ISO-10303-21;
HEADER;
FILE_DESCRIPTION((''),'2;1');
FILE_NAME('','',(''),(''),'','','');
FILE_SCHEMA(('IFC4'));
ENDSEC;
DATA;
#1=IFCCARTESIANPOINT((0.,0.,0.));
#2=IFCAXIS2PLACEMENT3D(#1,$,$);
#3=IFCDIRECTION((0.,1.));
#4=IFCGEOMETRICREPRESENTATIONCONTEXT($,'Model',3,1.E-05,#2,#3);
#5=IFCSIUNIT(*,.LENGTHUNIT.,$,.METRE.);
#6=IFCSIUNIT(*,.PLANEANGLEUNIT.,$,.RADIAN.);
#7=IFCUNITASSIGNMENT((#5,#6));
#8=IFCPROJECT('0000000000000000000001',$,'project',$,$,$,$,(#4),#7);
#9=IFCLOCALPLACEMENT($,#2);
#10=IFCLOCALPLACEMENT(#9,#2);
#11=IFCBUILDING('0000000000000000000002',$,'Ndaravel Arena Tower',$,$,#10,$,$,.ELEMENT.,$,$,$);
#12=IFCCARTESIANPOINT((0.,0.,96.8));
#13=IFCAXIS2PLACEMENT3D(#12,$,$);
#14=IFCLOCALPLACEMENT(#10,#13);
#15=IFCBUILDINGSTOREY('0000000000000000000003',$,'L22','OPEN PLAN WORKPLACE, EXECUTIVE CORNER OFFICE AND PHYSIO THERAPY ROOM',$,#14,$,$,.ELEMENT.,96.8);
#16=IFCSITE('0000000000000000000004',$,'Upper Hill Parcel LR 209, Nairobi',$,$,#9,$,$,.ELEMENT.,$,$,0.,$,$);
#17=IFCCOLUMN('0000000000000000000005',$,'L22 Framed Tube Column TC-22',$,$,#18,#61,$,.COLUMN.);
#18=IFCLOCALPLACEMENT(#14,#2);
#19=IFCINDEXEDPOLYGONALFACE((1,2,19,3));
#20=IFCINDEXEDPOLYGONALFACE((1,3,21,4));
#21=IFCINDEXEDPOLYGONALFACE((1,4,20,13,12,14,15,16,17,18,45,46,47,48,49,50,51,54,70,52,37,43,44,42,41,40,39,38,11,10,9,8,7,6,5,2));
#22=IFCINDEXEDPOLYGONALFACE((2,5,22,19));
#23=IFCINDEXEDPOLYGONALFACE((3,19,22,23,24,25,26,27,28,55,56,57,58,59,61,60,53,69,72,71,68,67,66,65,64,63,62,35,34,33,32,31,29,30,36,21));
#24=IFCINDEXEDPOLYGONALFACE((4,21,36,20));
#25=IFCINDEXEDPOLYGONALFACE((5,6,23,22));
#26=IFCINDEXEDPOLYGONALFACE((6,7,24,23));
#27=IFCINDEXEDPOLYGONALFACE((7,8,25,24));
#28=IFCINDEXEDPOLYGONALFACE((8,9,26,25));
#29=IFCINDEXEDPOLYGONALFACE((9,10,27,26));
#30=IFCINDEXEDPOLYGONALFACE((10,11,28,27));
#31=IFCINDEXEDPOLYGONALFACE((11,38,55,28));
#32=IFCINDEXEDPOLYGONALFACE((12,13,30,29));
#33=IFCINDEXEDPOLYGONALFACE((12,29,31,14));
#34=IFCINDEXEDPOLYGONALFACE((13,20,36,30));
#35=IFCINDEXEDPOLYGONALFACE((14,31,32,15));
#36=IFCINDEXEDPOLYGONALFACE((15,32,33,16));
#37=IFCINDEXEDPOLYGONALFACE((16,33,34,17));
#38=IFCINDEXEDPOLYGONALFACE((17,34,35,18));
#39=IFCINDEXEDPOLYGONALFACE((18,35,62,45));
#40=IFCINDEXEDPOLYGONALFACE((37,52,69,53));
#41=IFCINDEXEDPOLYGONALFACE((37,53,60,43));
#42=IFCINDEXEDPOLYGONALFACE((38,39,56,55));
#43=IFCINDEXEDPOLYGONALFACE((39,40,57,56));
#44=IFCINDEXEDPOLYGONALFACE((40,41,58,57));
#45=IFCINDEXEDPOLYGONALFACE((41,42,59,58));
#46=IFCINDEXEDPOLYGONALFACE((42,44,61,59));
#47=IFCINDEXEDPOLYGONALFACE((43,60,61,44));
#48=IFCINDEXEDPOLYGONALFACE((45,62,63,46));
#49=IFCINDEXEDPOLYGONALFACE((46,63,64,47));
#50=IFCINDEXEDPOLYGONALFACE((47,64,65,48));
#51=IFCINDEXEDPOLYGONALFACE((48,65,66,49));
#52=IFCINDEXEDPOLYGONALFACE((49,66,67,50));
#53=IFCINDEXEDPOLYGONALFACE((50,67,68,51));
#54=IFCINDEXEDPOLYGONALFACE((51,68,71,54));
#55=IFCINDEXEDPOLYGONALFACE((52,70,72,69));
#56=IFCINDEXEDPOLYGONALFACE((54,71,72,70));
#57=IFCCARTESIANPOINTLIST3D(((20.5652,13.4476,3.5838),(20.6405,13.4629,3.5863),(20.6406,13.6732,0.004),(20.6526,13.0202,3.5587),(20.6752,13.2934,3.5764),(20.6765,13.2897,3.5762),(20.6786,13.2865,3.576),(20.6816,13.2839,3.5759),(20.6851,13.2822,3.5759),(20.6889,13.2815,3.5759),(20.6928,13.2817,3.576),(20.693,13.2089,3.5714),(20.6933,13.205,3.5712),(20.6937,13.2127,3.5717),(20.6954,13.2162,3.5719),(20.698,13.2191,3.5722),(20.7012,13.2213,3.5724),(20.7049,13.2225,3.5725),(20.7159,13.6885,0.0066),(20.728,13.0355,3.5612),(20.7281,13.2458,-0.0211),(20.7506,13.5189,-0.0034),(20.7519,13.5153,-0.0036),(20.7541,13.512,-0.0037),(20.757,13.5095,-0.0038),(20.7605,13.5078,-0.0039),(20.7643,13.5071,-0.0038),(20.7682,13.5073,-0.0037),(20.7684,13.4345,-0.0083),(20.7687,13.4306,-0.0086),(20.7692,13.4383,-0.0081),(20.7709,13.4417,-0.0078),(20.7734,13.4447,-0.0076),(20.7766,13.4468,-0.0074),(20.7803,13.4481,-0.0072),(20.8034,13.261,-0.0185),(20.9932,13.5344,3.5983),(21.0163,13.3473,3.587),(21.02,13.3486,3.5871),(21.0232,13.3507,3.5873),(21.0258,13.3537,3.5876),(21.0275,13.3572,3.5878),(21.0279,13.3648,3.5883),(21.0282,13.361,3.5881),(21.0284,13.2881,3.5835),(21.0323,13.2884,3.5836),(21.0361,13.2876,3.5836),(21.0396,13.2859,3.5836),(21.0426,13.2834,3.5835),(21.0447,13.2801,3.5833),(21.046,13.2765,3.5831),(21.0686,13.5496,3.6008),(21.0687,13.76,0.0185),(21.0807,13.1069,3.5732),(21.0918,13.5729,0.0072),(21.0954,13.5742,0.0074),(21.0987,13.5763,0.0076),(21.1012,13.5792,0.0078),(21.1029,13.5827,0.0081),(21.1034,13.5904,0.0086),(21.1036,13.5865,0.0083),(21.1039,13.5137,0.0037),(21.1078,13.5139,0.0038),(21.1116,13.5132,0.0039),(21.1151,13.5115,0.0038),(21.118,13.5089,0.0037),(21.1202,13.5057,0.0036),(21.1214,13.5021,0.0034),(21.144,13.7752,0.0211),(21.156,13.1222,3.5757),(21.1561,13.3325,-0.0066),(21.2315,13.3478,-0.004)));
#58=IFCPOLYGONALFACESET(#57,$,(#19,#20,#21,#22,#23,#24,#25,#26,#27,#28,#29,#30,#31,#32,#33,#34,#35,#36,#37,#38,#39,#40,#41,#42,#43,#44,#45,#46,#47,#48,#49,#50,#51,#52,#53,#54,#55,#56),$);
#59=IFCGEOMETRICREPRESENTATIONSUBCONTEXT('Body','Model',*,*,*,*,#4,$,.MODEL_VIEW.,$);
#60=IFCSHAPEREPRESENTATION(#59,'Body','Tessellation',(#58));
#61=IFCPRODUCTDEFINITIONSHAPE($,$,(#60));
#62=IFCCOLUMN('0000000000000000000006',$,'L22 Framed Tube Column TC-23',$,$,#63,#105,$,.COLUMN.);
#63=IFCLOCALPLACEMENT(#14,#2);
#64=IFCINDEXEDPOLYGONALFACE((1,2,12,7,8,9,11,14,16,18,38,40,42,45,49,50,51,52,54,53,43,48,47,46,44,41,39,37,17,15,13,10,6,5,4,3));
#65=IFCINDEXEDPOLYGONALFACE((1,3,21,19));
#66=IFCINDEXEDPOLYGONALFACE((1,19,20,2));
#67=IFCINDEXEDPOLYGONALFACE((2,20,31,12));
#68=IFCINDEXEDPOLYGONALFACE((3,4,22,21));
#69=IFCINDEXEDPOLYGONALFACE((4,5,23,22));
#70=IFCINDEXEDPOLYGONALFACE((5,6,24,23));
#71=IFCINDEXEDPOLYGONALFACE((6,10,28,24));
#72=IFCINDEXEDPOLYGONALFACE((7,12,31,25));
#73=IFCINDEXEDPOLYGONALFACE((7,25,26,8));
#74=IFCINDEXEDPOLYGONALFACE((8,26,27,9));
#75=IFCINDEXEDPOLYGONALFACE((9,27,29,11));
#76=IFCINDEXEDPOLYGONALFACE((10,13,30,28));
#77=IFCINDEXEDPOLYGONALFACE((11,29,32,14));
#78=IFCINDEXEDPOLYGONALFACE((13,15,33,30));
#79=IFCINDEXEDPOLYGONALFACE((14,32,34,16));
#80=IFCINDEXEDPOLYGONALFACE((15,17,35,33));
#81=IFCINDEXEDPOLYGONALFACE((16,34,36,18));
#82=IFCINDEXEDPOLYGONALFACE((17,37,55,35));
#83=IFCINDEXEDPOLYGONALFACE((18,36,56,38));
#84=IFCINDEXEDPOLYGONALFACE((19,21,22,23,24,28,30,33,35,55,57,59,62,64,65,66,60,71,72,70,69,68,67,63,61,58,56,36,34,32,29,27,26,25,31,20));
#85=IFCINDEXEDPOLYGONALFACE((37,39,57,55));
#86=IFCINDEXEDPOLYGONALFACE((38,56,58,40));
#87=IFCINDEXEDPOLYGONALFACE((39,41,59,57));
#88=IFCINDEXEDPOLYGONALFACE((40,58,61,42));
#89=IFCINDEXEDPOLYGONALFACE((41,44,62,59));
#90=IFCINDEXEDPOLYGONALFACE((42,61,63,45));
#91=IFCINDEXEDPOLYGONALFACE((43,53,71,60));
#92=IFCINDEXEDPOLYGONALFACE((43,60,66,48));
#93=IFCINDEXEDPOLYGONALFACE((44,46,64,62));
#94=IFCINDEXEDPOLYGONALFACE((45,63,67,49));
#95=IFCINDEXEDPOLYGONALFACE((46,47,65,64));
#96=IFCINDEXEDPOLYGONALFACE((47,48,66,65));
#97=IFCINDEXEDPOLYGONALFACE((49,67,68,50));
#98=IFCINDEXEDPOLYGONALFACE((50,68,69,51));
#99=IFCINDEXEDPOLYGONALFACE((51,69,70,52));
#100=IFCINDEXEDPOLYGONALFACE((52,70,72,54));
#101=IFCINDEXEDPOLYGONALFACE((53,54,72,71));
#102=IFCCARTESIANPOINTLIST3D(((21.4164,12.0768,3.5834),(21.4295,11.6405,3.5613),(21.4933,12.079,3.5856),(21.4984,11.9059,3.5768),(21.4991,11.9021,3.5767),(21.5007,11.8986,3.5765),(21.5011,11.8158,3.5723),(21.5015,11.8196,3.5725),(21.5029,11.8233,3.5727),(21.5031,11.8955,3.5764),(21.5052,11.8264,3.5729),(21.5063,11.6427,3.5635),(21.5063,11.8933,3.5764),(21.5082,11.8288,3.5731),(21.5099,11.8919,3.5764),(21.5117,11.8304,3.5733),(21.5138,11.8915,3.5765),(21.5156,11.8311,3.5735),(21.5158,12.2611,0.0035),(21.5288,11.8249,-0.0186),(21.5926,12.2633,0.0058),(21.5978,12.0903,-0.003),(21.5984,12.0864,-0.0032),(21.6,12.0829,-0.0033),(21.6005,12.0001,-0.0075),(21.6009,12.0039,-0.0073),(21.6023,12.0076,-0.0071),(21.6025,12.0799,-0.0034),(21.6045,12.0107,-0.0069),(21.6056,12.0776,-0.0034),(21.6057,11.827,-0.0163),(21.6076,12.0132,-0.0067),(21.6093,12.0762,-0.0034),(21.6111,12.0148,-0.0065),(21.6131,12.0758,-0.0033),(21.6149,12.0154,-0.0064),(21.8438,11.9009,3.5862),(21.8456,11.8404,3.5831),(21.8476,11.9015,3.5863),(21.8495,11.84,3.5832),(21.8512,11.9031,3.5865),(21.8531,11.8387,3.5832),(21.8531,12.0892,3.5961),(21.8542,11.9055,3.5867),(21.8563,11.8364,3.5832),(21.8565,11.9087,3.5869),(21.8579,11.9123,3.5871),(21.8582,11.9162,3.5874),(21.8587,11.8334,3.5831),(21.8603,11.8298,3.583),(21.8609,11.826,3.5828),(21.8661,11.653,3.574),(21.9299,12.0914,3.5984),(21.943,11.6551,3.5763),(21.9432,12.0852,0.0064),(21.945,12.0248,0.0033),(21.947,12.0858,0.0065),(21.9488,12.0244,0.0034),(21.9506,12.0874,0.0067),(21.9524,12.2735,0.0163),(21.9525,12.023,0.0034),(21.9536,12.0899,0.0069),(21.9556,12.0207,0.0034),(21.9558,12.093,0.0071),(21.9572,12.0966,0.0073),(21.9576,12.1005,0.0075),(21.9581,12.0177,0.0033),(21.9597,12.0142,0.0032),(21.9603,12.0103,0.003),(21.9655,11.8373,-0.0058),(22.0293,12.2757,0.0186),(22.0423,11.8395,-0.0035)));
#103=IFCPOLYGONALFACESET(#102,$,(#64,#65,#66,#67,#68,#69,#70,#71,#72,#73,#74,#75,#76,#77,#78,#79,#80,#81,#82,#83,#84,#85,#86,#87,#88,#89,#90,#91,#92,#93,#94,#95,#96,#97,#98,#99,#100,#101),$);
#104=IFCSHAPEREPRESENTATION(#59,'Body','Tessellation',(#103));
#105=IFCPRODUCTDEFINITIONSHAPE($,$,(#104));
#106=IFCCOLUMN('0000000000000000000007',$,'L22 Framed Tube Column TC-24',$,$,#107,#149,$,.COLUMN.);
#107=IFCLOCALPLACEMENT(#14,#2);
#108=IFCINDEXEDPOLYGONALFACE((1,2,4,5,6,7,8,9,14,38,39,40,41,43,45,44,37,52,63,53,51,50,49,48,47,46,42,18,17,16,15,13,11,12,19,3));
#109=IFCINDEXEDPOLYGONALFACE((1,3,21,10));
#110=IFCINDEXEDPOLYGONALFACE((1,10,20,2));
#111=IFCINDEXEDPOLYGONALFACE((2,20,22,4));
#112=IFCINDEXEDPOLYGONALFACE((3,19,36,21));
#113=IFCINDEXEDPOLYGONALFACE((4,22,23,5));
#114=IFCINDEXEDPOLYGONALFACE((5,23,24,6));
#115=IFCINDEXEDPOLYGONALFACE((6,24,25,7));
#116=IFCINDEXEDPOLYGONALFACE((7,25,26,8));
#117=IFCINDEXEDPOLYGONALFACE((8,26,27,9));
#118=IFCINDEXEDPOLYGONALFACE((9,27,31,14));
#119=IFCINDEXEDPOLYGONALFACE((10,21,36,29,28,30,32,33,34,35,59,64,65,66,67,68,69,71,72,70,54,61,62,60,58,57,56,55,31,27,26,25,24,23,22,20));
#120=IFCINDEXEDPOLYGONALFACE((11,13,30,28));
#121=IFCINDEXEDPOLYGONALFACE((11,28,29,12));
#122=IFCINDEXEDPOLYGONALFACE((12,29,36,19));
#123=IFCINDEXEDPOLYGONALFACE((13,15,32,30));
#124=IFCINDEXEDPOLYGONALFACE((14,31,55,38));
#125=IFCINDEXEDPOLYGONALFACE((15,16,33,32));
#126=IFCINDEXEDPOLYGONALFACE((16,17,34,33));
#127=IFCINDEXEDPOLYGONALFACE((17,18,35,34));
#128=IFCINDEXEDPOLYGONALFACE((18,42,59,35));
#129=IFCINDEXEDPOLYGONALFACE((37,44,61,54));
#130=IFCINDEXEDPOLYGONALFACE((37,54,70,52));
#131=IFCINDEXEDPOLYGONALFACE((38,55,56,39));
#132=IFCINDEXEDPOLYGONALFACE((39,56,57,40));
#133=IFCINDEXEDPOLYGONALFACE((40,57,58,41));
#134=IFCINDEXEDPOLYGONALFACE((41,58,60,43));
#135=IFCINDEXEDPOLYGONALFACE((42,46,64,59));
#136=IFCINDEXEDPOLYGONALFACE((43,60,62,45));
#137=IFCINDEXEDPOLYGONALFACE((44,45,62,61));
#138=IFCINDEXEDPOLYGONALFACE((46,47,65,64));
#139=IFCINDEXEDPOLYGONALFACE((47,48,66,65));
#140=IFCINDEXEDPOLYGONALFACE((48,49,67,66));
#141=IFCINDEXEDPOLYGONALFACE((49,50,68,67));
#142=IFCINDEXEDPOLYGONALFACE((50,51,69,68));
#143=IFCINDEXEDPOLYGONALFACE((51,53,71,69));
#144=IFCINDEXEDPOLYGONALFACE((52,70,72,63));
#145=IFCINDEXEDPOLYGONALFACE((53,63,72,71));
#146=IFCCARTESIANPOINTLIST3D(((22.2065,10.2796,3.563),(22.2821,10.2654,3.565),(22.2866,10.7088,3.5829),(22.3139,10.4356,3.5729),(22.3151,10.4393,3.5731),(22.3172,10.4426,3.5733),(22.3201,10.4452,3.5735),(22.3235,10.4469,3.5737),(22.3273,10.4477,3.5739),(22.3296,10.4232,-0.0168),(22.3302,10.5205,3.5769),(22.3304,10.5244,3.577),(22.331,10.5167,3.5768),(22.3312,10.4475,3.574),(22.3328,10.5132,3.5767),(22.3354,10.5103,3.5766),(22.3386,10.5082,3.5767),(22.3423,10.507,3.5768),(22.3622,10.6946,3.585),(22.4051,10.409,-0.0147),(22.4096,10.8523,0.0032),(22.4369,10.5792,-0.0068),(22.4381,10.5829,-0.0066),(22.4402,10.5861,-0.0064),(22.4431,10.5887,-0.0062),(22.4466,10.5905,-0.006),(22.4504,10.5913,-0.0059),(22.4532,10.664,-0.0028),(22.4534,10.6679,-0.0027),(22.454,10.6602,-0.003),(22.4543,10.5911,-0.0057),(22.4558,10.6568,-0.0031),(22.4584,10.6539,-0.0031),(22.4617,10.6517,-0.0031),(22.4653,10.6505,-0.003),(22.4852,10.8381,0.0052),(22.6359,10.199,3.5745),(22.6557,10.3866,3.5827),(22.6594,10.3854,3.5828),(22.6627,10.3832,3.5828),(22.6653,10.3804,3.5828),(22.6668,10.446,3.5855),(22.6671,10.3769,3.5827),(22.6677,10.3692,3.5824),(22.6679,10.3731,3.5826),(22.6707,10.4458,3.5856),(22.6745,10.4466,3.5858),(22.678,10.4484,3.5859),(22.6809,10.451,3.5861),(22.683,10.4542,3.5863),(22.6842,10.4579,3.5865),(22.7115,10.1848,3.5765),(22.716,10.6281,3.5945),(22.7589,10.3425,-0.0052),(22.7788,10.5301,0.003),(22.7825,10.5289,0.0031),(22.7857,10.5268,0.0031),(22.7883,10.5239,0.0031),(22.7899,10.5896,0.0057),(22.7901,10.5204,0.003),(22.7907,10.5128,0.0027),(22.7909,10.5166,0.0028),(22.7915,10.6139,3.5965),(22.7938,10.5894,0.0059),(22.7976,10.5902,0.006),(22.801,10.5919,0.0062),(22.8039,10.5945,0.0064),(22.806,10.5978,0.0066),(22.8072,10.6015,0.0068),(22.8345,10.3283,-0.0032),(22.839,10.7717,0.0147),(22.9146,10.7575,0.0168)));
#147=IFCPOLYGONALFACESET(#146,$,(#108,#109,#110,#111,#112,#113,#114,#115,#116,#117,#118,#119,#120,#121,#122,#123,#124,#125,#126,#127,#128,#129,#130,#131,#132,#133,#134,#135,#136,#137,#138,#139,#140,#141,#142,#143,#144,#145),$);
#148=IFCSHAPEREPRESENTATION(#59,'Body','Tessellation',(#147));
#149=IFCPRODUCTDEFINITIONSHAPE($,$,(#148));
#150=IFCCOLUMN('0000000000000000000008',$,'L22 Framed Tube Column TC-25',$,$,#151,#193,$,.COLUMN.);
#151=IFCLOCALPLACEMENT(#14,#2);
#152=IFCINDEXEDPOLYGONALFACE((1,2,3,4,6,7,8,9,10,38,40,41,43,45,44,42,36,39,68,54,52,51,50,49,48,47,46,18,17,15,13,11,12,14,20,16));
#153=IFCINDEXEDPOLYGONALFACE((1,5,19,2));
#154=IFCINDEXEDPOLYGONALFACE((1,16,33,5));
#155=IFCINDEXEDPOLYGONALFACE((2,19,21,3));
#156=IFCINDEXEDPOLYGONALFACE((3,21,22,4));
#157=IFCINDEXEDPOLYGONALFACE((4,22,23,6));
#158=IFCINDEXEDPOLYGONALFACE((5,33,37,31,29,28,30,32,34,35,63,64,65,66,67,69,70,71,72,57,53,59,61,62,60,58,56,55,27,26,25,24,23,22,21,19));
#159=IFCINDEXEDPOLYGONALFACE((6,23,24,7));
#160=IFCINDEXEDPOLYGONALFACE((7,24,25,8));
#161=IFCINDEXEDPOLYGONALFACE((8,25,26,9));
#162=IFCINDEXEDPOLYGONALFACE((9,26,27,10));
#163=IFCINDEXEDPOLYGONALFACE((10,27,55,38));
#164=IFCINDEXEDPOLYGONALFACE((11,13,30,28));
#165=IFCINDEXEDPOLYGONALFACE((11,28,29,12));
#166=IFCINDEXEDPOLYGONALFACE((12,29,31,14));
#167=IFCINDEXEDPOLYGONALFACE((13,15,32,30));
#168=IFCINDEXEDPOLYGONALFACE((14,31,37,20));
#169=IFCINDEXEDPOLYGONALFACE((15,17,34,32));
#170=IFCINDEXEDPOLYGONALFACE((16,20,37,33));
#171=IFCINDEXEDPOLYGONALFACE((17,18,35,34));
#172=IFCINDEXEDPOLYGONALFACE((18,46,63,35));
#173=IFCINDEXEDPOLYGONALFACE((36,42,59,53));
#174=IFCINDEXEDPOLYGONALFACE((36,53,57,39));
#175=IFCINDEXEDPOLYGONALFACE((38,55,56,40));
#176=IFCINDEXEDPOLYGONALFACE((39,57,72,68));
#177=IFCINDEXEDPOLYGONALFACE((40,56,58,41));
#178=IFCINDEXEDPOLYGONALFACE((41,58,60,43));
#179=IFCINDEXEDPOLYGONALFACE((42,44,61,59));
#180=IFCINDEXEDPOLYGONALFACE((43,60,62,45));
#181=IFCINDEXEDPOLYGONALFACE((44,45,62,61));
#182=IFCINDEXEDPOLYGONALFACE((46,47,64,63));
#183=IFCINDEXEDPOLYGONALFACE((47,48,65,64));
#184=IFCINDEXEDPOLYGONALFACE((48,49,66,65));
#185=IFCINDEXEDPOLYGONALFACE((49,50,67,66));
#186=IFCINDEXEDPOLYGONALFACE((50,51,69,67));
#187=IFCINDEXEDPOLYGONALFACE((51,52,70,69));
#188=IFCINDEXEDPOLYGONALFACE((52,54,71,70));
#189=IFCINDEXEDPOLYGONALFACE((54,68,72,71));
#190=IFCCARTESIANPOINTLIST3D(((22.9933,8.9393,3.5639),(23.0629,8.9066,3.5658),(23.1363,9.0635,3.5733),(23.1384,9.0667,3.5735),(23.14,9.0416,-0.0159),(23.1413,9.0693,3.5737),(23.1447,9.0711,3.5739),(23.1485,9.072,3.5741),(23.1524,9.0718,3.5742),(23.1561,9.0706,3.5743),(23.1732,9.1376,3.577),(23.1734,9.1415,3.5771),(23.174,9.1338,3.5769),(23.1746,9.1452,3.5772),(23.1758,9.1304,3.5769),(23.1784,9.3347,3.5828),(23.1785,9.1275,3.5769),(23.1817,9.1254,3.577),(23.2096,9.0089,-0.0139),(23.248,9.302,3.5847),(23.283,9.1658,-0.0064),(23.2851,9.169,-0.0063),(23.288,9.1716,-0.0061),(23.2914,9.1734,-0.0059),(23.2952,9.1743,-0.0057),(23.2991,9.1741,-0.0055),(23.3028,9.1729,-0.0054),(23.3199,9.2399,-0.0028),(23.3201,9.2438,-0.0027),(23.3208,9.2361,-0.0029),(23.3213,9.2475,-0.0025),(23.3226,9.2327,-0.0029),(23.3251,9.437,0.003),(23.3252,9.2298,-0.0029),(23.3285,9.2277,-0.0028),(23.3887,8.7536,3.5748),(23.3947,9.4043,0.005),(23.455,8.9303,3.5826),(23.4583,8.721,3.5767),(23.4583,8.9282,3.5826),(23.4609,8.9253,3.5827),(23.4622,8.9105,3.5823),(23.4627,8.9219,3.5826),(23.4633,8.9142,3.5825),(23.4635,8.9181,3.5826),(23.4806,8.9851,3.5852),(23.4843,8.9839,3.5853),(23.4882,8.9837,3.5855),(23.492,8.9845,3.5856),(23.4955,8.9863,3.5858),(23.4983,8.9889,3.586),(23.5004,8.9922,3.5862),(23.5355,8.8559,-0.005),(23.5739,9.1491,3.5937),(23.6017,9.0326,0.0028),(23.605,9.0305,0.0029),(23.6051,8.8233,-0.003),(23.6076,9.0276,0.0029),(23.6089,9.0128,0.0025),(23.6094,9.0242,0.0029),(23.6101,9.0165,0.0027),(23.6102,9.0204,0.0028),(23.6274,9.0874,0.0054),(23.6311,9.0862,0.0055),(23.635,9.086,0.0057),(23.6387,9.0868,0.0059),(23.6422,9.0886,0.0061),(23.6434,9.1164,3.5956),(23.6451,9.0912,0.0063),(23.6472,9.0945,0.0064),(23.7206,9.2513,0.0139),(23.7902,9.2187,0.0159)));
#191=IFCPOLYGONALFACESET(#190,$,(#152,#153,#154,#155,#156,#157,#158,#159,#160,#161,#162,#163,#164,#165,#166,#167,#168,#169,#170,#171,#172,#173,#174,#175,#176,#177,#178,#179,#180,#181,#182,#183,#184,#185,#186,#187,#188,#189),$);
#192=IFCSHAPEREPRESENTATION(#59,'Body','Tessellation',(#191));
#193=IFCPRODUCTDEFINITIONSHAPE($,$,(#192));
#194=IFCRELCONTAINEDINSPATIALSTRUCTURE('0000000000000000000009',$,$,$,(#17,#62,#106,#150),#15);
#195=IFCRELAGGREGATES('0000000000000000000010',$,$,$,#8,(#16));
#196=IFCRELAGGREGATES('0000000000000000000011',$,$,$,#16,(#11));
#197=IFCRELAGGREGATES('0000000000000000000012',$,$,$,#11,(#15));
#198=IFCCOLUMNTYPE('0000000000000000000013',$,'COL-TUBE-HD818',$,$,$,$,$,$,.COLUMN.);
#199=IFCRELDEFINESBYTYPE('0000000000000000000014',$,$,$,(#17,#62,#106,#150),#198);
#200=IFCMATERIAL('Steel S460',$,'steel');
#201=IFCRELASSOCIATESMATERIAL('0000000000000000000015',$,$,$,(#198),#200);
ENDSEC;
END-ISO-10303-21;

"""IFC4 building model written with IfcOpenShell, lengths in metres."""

from ifc_helpers import new_model, si_unit, direction, frame, origin, origin_2d, place, context, subcontext, project, spatial, i_section, extrude, material, material_profile, profile_set, type_object, element, save


model = new_model("IFC4")

# Units and contexts
model_context = context("Model", 3, precision=1e-05, world=origin(), true_north=direction((0.0, 1.0)))
body_context = subcontext(model_context, "Body", "Model", "MODEL_VIEW")
ifc_project = project(units=[si_unit("LENGTHUNIT", "METRE"), si_unit("PLANEANGLEUNIT", "RADIAN")], contexts=[model_context])

# Site, building, storey
site_placement = place(None, origin())
site = spatial("IfcSite", under=ifc_project, at=site_placement, Name="Upper Hill Parcel LR 209, Nairobi", CompositionType="ELEMENT", RefElevation=0.0)
building_placement = place(site_placement, origin())
building = spatial("IfcBuilding", under=site, at=building_placement, Name="Ndaravel Arena Tower", CompositionType="ELEMENT")
storey_placement = place(building_placement, frame((0.0, 0.0, 96.8)))
storey = spatial("IfcBuildingStorey", under=building, at=storey_placement, Name="L22", Description="OPEN PLAN WORKPLACE, EXECUTIVE CORNER OFFICE AND PHYSIO THERAPY ROOM", CompositionType="ELEMENT", Elevation=96.8)

# Columns
ifc_material_1 = material(Name="Steel S460", Category="steel")
ifc_material_profile_1 = material_profile(ifc_material_1, i_section(OverallWidth=0.437, OverallDepth=0.5139, WebThickness=0.0605, FlangeThickness=0.0769, FilletRadius=0.0149, at=origin_2d()), Name="HD 400x818")
ifc_profile_set_1 = profile_set([ifc_material_profile_1], Name="Steel S460")
column_type = type_object("IfcColumnType", Name="COL-TUBE-HD818", PredefinedType="COLUMN", material=ifc_profile_set_1)
column_1_placement = place(storey_placement, frame((20.936, 13.5105, 0.0), z_axis=(-0.021027, -0.062877, 0.9978), x_axis=(-0.200131, 0.978085, 0.057417)))
element("IfcColumn", 1, at=column_1_placement, inside=storey, type_object=column_type, Name="L22 Framed Tube Column TC-22", PredefinedType="COLUMN", context=body_context, shape_type="SweptSolid", body=[
    extrude(i_section(OverallWidth=0.437, OverallDepth=0.5139, WebThickness=0.0605, FlangeThickness=0.0769, FilletRadius=0.0149, at=origin_2d()), origin(), (0.0, 0.0, 1.0), 3.5876),
])
column_2_placement = place(storey_placement, frame((21.7791, 12.0503, 0.0), z_axis=(-0.02771, -0.051402, 0.998294), x_axis=(-0.029881, 0.998273, 0.050572)))
element("IfcColumn", 2, at=column_2_placement, inside=storey, type_object=column_type, Name="L22 Framed Tube Column TC-23", PredefinedType="COLUMN", context=body_context, shape_type="SweptSolid", body=[
    extrude(i_section(OverallWidth=0.437, OverallDepth=0.5139, WebThickness=0.0605, FlangeThickness=0.0769, FilletRadius=0.0149, at=origin_2d()), origin(), (0.0, 0.0, 1.0), 3.5859),
])
column_3_placement = place(storey_placement, frame((22.6221, 10.5903, 0.0), z_axis=(-0.034324, -0.040045, 0.998608), x_axis=(0.183189, 0.982016, 0.045676)))
element("IfcColumn", 3, at=column_3_placement, inside=storey, type_object=column_type, Name="L22 Framed Tube Column TC-24", PredefinedType="COLUMN", context=body_context, shape_type="SweptSolid", body=[
    extrude(i_section(OverallWidth=0.437, OverallDepth=0.5139, WebThickness=0.0605, FlangeThickness=0.0769, FilletRadius=0.0149, at=origin_2d()), origin(), (0.0, 0.0, 1.0), 3.5847),
])
column_4_placement = place(storey_placement, frame((23.4651, 9.1301, 0.0), z_axis=(-0.040936, -0.02854, 0.998754), x_axis=(0.423581, 0.904827, 0.043217)))
element("IfcColumn", 4, at=column_4_placement, inside=storey, type_object=column_type, Name="L22 Framed Tube Column TC-25", PredefinedType="COLUMN", context=body_context, shape_type="SweptSolid", body=[
    extrude(i_section(OverallWidth=0.437, OverallDepth=0.5139, WebThickness=0.0605, FlangeThickness=0.0769, FilletRadius=0.0149, at=origin_2d()), origin(), (0.0, 0.0, 1.0), 3.5842),
])

save(model, "model.ifc")
